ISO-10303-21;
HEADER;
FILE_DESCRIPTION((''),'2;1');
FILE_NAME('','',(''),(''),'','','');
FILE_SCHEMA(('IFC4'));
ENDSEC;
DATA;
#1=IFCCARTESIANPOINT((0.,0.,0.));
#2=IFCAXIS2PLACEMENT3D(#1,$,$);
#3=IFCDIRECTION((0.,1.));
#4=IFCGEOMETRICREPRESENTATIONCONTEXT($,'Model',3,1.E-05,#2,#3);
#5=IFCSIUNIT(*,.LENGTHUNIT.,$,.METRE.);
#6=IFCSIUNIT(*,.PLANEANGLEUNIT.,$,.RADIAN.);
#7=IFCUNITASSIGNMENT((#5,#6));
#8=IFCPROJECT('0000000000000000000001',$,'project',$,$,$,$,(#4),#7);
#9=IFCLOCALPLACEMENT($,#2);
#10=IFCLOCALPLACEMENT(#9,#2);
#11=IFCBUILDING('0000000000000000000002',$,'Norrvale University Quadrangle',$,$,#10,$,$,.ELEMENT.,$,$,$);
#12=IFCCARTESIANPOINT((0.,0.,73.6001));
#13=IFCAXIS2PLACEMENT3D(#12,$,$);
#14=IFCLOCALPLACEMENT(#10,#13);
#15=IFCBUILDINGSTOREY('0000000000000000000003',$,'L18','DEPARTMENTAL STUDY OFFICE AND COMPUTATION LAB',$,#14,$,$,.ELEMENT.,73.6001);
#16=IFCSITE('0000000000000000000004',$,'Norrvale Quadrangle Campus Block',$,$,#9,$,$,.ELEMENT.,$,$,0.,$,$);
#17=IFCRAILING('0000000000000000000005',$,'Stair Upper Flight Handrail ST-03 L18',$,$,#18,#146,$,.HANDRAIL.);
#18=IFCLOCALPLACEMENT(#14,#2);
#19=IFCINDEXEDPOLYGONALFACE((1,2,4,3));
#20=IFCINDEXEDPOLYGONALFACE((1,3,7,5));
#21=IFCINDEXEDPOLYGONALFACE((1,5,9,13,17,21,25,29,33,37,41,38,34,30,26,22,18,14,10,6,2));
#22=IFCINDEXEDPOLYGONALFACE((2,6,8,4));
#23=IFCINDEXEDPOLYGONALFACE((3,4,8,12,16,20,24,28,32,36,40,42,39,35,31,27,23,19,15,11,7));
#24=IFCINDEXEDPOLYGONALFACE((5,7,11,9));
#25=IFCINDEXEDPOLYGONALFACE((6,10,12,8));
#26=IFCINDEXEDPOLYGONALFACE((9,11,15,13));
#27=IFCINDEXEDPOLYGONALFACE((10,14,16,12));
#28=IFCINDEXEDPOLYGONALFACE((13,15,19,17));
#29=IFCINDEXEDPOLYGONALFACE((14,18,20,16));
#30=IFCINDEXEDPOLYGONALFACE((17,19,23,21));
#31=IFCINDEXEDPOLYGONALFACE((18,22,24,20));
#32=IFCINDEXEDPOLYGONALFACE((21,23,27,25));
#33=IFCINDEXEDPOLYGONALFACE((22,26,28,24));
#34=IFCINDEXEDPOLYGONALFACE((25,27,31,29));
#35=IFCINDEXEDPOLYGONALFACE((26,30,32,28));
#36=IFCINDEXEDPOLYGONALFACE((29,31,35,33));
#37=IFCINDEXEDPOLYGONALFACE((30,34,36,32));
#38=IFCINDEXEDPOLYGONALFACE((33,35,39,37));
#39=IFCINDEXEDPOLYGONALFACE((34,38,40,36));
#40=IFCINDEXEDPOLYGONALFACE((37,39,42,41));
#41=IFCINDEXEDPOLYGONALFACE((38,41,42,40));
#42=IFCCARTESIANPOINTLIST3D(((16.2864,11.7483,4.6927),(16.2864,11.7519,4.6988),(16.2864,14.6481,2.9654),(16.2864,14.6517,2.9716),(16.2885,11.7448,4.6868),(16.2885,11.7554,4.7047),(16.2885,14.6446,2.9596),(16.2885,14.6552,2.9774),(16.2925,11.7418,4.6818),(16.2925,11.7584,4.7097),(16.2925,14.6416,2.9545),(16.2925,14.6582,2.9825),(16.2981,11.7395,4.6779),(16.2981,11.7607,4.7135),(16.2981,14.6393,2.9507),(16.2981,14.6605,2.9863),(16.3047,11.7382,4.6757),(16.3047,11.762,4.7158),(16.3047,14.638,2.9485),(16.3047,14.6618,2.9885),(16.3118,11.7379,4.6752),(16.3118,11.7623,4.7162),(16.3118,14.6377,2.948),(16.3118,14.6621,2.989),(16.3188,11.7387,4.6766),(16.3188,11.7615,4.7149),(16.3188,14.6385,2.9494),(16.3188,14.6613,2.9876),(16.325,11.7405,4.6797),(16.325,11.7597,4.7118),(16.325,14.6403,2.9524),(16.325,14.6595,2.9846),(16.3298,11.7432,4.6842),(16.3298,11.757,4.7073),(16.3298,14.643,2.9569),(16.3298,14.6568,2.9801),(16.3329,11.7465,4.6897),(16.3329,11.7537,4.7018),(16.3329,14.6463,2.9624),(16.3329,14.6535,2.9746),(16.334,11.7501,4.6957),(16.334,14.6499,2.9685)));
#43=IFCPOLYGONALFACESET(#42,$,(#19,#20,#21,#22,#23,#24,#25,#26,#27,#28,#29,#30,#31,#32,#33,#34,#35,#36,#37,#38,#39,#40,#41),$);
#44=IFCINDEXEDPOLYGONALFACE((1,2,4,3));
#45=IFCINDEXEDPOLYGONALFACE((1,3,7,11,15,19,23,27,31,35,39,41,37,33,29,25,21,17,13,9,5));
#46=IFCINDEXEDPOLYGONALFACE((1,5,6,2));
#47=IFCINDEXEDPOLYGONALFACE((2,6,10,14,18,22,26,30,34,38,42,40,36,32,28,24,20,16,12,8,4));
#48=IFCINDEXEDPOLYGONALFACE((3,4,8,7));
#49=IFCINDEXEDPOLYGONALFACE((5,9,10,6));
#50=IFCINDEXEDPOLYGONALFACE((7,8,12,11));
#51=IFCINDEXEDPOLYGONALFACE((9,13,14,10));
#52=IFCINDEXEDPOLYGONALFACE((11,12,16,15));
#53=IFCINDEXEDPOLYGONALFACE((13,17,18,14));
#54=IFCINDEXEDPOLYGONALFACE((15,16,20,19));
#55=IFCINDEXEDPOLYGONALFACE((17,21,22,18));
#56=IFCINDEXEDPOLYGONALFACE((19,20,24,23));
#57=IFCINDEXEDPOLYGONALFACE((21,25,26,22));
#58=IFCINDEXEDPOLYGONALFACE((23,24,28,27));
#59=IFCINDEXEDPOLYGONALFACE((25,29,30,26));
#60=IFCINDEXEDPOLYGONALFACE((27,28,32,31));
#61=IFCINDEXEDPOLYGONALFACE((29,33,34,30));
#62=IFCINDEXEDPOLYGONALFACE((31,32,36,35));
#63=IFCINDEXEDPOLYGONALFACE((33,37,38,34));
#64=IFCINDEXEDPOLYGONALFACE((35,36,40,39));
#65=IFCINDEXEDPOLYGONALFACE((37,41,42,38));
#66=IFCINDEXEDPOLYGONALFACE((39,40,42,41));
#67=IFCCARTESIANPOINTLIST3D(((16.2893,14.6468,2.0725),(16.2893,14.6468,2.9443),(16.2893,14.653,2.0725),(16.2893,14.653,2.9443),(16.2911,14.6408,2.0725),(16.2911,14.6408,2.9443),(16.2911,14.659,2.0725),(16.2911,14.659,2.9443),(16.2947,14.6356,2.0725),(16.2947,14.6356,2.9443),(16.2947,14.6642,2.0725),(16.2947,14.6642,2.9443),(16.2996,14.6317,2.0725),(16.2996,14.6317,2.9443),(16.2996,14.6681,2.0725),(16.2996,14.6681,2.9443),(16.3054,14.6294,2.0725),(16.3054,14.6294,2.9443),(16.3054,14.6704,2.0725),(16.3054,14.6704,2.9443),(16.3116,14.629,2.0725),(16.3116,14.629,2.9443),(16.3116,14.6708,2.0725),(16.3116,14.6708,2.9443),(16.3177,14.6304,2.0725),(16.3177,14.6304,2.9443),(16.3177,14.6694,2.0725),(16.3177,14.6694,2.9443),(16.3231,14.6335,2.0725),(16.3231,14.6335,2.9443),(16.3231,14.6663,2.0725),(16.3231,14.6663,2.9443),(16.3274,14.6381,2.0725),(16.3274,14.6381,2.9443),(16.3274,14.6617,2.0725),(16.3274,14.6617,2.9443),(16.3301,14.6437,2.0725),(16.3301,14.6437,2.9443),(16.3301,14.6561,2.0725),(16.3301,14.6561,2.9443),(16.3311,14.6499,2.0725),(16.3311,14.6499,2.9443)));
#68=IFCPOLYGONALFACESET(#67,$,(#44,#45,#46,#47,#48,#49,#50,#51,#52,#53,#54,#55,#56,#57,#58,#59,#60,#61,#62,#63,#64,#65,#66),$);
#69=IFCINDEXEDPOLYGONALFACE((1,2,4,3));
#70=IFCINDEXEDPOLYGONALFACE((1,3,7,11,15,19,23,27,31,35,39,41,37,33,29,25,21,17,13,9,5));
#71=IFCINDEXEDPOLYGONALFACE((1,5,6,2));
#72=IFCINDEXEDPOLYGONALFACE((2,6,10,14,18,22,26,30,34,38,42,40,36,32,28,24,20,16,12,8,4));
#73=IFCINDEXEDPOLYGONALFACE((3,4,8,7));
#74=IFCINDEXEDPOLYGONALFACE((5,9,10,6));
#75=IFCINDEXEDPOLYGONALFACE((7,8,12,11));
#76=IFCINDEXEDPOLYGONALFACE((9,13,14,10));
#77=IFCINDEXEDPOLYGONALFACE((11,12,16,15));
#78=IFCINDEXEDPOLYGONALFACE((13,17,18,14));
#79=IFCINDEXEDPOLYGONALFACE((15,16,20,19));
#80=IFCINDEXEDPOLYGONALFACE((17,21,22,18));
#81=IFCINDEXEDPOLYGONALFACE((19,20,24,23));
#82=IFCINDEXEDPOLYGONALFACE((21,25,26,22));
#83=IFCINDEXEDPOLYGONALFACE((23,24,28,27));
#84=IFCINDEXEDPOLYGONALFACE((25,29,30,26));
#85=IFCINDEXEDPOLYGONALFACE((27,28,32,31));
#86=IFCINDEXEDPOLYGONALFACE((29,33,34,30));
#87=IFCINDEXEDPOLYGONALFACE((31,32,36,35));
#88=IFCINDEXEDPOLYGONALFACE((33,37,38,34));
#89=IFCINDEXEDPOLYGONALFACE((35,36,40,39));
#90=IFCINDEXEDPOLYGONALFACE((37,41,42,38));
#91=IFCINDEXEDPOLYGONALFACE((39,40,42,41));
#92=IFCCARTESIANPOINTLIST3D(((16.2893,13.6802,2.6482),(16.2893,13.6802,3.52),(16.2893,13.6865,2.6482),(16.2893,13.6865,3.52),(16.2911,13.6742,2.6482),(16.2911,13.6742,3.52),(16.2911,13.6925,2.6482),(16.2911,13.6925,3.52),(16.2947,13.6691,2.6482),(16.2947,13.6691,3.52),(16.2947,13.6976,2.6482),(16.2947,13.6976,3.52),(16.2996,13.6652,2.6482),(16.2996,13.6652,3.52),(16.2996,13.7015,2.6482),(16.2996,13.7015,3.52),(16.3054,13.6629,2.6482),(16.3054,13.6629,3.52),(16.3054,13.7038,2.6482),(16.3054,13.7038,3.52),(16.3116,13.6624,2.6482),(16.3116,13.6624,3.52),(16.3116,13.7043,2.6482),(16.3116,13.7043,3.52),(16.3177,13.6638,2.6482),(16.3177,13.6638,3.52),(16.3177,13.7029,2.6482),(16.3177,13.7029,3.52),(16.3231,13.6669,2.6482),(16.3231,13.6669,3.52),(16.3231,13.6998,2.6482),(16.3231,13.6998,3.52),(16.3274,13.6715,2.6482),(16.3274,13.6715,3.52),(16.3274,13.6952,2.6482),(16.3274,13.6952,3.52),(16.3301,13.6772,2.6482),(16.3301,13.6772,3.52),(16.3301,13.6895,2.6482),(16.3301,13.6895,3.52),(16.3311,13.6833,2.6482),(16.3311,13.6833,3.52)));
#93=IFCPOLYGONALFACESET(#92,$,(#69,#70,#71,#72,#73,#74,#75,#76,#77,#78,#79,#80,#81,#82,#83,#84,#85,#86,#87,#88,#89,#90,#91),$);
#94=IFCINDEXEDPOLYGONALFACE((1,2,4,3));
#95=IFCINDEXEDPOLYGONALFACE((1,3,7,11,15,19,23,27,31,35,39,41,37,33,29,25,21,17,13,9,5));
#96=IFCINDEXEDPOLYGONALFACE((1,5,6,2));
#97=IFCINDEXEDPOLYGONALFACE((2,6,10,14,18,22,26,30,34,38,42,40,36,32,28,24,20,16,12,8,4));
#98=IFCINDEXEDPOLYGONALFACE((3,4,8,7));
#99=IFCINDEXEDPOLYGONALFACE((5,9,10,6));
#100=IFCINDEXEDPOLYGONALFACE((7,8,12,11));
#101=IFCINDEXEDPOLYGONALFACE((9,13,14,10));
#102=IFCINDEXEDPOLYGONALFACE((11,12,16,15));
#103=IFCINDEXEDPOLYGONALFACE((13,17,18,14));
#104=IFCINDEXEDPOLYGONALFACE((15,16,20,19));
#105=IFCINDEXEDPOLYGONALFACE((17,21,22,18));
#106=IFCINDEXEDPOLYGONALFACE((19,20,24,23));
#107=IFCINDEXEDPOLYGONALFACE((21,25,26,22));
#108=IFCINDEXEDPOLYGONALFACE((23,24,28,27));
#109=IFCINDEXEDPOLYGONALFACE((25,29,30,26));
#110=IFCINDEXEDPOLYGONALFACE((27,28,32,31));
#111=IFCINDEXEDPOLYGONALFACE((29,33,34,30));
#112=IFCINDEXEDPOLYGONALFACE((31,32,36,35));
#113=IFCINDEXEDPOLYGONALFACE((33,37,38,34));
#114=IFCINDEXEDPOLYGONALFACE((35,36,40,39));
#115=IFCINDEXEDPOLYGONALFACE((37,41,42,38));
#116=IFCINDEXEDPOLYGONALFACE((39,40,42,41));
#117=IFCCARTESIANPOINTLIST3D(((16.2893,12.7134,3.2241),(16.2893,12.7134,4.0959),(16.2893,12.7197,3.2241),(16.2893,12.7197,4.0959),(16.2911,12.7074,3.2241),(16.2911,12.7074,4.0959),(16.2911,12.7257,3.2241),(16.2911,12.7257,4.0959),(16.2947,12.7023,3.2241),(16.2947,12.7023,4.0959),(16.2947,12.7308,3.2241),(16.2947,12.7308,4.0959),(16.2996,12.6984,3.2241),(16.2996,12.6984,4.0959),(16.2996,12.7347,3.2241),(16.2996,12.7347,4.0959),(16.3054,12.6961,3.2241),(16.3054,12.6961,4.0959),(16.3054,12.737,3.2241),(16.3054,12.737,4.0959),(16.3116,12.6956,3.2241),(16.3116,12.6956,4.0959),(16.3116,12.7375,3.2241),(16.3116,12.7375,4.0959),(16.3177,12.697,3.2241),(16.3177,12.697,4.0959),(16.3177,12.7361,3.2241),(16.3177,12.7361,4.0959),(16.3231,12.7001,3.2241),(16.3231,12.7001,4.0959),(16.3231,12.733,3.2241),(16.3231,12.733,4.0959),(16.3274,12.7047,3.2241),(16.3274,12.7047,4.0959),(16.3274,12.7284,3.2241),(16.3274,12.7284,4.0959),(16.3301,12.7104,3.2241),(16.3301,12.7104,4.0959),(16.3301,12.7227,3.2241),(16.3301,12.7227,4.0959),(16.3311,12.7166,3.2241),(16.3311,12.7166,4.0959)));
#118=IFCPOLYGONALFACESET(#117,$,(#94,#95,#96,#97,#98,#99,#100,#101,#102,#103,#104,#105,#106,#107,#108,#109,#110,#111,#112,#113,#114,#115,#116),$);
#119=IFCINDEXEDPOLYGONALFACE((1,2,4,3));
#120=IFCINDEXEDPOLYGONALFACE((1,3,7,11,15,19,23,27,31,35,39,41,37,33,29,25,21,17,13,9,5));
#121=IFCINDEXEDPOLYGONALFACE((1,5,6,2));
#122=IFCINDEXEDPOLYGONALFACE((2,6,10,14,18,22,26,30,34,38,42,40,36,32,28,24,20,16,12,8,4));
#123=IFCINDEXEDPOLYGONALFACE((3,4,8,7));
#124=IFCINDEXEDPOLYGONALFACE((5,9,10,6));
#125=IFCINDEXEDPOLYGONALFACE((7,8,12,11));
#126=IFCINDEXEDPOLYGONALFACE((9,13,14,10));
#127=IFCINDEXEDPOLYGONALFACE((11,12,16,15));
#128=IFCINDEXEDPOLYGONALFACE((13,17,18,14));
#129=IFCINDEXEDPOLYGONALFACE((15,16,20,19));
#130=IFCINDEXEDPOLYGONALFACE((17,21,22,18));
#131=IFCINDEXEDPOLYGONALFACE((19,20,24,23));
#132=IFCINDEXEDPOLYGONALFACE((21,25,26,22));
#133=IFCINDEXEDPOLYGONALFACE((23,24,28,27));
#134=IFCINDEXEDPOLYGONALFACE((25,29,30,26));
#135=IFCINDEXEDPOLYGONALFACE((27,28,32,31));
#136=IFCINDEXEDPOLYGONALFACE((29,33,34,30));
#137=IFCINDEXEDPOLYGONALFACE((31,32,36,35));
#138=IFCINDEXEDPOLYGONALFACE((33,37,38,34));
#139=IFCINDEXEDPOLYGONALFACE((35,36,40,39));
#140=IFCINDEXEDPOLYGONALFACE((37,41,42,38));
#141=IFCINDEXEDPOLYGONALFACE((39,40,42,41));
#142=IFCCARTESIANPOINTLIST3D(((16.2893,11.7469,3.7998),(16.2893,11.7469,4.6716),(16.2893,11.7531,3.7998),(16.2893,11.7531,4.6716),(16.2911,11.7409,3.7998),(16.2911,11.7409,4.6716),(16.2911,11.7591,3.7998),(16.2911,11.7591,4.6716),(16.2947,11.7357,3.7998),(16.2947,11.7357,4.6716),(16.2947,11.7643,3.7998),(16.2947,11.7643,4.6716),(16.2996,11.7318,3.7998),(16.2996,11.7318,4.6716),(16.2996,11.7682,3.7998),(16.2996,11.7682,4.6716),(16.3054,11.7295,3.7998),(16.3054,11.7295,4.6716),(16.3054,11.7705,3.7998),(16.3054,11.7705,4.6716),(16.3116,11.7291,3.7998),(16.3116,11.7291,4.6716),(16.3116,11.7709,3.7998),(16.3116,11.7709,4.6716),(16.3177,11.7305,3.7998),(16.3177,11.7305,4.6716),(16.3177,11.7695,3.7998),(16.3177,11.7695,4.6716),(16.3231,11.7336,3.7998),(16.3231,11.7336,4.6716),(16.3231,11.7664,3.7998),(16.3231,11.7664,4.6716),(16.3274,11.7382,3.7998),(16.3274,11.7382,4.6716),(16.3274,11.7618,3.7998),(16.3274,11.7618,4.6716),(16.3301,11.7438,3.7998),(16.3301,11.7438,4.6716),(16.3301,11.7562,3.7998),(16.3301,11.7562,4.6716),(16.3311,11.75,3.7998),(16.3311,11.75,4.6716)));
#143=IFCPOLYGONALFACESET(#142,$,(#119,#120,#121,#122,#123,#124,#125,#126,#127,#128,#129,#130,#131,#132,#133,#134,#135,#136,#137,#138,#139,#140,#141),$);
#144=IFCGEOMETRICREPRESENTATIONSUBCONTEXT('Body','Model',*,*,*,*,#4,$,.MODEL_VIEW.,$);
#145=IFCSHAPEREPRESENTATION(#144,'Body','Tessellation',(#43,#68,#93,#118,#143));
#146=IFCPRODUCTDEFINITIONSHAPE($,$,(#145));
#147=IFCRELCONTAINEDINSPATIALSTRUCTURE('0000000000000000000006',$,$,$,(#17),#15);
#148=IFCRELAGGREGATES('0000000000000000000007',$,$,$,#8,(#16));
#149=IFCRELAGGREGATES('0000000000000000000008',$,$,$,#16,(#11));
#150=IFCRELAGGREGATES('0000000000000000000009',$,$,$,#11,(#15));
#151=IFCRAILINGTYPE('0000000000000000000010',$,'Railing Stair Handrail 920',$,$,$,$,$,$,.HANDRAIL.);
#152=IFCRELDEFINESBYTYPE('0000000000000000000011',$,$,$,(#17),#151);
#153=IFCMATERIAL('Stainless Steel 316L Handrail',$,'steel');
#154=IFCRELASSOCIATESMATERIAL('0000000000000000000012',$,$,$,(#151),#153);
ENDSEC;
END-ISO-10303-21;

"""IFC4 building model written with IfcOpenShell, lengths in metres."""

from ifc_helpers import new_model, si_unit, direction, frame, origin, origin_2d, place, context, subcontext, project, spatial, circle, extrude, material, type_object, element, save


model = new_model("IFC4")

# Units and contexts
model_context = context("Model", 3, precision=1e-05, world=origin(), true_north=direction((0.0, 1.0)))
body_context = subcontext(model_context, "Body", "Model", "MODEL_VIEW")
ifc_project = project(units=[si_unit("LENGTHUNIT", "METRE"), si_unit("PLANEANGLEUNIT", "RADIAN")], contexts=[model_context])

# Site, building, storey
site_placement = place(None, origin())
site = spatial("IfcSite", under=ifc_project, at=site_placement, Name="Norrvale Quadrangle Campus Block", CompositionType="ELEMENT", RefElevation=0.0)
building_placement = place(site_placement, origin())
building = spatial("IfcBuilding", under=site, at=building_placement, Name="Norrvale University Quadrangle", CompositionType="ELEMENT")
storey_placement = place(building_placement, frame((0.0, 0.0, 73.6001)))
storey = spatial("IfcBuildingStorey", under=building, at=storey_placement, Name="L18", Description="DEPARTMENTAL STUDY OFFICE AND COMPUTATION LAB", CompositionType="ELEMENT", Elevation=73.6001)

# Railing
ifc_material_1 = material(Name="Stainless Steel 316L Handrail", Category="steel")
railing_type_1 = type_object("IfcRailingType", Name="Railing Stair Handrail 920", PredefinedType="HANDRAIL", material=ifc_material_1)
railing_1_placement = place(storey_placement, frame((16.3101, 14.6499, 2.0725)))
element("IfcRailing", 1, at=railing_1_placement, inside=storey, type_object=railing_type_1, Name="Stair Upper Flight Handrail ST-03 L18", PredefinedType="HANDRAIL", context=body_context, shape_type="SweptSolid", body=[
    extrude(circle(Radius=0.0239, at=origin_2d()), frame((0.0, 0.0, 0.896), z_axis=(0.0, -0.859141, 0.511738), x_axis=(1.0, 0.0, 0.0)), (0.0, 0.0, 1.0), 3.3752),
    extrude(circle(Radius=0.021, at=origin_2d()), origin(), (0.0, 0.0, 1.0), 0.8718),
    extrude(circle(Radius=0.021, at=origin_2d()), frame((0.0, -0.9666, 0.5757)), (0.0, 0.0, 1.0), 0.8718),
    extrude(circle(Radius=0.021, at=origin_2d()), frame((0.0, -1.9333, 1.1516)), (0.0, 0.0, 1.0), 0.8718),
    extrude(circle(Radius=0.021, at=origin_2d()), frame((0.0, -2.8999, 1.7273)), (0.0, 0.0, 1.0), 0.8718),
])

save(model, "model.ifc")
